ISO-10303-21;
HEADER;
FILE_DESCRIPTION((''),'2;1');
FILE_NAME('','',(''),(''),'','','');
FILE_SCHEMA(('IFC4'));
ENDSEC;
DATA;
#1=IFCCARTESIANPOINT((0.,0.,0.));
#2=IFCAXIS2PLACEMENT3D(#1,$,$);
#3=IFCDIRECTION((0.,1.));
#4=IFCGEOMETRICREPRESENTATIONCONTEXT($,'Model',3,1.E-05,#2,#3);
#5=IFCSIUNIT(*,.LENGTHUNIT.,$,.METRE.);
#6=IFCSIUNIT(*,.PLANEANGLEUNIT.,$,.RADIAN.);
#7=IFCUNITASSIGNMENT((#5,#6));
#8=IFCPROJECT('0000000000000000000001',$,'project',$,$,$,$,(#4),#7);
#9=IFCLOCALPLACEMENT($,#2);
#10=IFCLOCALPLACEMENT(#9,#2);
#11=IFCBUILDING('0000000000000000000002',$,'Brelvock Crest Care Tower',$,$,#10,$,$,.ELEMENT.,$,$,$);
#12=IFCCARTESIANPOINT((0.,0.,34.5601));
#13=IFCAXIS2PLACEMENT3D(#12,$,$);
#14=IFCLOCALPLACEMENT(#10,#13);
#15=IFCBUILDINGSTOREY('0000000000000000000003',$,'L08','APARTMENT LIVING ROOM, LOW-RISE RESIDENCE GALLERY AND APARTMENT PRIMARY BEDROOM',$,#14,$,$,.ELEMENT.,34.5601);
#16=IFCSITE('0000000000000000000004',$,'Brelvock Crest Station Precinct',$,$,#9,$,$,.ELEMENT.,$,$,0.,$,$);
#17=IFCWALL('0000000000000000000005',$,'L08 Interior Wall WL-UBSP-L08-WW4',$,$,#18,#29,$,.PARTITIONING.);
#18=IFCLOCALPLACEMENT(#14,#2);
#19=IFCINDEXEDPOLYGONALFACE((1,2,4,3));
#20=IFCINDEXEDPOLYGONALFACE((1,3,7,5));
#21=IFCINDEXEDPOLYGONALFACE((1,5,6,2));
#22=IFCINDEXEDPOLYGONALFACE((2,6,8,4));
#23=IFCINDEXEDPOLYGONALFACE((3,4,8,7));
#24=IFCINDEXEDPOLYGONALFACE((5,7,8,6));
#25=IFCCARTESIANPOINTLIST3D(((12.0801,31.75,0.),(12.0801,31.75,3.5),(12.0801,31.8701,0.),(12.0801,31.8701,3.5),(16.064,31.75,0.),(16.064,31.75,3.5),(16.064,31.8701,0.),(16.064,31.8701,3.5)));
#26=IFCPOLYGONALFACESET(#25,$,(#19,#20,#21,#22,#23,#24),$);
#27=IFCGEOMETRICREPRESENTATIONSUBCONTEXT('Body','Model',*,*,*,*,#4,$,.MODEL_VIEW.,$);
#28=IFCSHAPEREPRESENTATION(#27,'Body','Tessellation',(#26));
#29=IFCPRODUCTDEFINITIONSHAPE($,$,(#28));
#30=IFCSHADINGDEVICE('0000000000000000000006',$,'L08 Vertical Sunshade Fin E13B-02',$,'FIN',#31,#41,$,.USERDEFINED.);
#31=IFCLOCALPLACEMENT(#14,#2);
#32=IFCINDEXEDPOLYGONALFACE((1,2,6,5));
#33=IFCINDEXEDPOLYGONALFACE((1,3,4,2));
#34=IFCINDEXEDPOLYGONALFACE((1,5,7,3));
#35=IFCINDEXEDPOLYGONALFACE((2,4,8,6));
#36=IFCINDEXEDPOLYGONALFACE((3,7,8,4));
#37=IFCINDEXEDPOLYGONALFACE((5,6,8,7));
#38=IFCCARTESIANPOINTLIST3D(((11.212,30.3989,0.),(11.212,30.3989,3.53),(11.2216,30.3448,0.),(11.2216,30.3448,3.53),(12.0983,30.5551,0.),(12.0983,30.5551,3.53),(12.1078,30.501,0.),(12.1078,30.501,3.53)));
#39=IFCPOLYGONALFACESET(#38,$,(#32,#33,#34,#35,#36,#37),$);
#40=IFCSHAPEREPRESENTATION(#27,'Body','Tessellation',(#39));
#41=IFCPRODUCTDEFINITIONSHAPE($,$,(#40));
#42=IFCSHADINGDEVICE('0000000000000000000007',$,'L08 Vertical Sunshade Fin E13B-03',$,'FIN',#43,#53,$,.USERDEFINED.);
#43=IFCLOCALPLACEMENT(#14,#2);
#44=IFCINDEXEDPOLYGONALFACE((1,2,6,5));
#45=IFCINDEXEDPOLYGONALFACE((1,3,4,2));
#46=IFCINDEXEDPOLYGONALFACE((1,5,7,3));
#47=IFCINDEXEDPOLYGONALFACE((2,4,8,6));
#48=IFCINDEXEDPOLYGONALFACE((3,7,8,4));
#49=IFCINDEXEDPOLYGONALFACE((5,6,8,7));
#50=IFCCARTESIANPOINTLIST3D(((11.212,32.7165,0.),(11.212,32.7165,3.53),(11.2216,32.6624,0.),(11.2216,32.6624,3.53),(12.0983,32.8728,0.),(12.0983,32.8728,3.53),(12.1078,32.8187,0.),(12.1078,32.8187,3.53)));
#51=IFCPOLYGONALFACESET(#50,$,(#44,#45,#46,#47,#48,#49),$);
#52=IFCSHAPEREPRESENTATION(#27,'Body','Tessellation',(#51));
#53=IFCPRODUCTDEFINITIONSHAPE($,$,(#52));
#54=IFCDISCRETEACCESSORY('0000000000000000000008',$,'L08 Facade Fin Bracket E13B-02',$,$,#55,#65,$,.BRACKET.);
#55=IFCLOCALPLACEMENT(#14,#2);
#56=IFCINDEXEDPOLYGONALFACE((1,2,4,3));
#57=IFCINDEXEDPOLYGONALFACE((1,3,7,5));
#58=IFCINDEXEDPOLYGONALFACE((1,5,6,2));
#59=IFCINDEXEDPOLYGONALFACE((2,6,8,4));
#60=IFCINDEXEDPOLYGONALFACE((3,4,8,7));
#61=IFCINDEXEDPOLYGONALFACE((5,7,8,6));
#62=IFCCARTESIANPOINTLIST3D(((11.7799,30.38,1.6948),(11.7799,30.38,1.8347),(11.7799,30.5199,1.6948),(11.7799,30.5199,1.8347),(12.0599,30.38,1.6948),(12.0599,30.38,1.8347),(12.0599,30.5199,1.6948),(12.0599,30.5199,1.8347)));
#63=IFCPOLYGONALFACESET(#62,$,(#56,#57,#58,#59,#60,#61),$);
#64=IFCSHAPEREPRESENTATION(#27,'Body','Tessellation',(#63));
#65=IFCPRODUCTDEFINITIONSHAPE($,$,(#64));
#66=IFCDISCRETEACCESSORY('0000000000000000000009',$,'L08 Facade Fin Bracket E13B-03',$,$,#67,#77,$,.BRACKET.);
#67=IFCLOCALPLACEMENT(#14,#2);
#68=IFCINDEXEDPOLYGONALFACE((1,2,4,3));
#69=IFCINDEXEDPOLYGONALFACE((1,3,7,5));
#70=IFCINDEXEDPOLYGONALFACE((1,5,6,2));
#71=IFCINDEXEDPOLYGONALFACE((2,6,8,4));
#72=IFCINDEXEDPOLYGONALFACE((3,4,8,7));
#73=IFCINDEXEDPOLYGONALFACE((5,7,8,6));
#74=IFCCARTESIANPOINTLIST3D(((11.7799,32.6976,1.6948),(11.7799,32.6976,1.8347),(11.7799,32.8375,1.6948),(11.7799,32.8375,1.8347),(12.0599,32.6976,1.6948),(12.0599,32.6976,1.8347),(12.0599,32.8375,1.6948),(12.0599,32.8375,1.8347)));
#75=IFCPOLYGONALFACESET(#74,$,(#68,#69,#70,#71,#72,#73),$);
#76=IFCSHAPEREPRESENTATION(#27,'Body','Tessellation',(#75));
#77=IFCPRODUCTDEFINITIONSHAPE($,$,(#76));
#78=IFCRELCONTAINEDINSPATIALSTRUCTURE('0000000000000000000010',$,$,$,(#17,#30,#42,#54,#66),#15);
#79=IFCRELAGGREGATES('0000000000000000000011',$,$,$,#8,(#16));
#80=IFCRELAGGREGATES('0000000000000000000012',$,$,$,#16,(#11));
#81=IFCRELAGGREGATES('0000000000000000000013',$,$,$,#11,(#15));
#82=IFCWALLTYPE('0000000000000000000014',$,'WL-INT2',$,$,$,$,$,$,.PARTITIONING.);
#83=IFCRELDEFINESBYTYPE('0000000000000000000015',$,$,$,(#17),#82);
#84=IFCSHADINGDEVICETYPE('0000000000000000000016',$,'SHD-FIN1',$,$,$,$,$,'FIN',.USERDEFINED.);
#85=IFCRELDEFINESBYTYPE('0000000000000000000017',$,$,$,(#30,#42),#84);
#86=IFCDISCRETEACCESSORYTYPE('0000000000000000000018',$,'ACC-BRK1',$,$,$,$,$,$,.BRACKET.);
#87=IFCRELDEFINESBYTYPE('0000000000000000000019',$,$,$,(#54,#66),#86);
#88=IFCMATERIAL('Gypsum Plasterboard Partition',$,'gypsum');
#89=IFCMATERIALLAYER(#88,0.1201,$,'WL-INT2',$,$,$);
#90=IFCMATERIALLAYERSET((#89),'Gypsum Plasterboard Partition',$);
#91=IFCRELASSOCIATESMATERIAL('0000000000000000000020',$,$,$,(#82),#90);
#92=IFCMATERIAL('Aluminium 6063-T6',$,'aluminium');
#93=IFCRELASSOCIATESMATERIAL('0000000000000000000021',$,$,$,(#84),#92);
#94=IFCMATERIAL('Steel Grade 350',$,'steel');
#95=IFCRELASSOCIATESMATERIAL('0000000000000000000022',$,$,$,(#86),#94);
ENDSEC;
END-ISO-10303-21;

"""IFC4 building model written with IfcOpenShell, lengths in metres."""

from ifc_helpers import new_model, si_unit, direction, frame, frame_2d, origin, origin_2d, place, context, subcontext, project, spatial, rectangle, extrude, source, transform, mapped, material, layer, layer_set, material_profile, profile_set, type_object, element, save


model = new_model("IFC4")

# Units and contexts
model_context = context("Model", 3, precision=1e-05, world=origin(), true_north=direction((0.0, 1.0)))
body_context = subcontext(model_context, "Body", "Model", "MODEL_VIEW")
ifc_project = project(units=[si_unit("LENGTHUNIT", "METRE"), si_unit("PLANEANGLEUNIT", "RADIAN")], contexts=[model_context])

# Site, building, storey
site_placement = place(None, origin())
site = spatial("IfcSite", under=ifc_project, at=site_placement, Name="Brelvock Crest Station Precinct", CompositionType="ELEMENT", RefElevation=0.0)
building_placement = place(site_placement, origin())
building = spatial("IfcBuilding", under=site, at=building_placement, Name="Brelvock Crest Care Tower", CompositionType="ELEMENT")
storey_placement = place(building_placement, frame((0.0, 0.0, 34.5601)))
storey = spatial("IfcBuildingStorey", under=building, at=storey_placement, Name="L08", Description="APARTMENT LIVING ROOM, LOW-RISE RESIDENCE GALLERY AND APARTMENT PRIMARY BEDROOM", CompositionType="ELEMENT", Elevation=34.5601)

# Shared definitions
ifc_material_1 = material(Name="Steel Grade 350", Category="steel")

# Shared definitions
ifc_material_2 = material(Name="Aluminium 6063-T6", Category="aluminium")

# Wall
ifc_material_3 = material(Name="Gypsum Plasterboard Partition", Category="gypsum")
ifc_layer_1 = layer(ifc_material_3, 0.1201, Name="WL-INT2")
ifc_layer_set_1 = layer_set([ifc_layer_1], Name="Gypsum Plasterboard Partition")
wall_type_1 = type_object("IfcWallType", Name="WL-INT2", PredefinedType="PARTITIONING", material=ifc_layer_set_1)
wall_placement = place(storey_placement, frame((12.0801, 31.8101, 0.0), z_axis=(0.0, 0.0, 1.0), x_axis=(1.0, 0.0, 0.0)))
element("IfcWall", 1, at=wall_placement, inside=storey, type_object=wall_type_1, Name="L08 Interior Wall WL-UBSP-L08-WW4", PredefinedType="PARTITIONING", context=body_context, shape_type="SweptSolid", body=[
    extrude(rectangle(XDim=3.9839, YDim=0.1201, at=frame_2d((1.9919, 0.0))), origin(), (0.0, 0.0, 1.0), 3.5),
])

# Shading devices
ifc_material_profile_1 = material_profile(ifc_material_2, rectangle(XDim=0.0549, YDim=0.8999, at=origin_2d()), Name="FIN55x900")
ifc_profile_set_1 = profile_set([ifc_material_profile_1], Name="Aluminium 6063-T6")
shading_device_type = type_object("IfcShadingDeviceType", Name="SHD-FIN1", ElementType="FIN", PredefinedType="USERDEFINED", material=ifc_profile_set_1)
shared_shape_1 = source(origin(), body_context, "Body", "SweptSolid", [
    extrude(rectangle(XDim=0.0549, YDim=0.8999, at=origin_2d()), origin(), (0.0, 0.0, 1.0), 3.53),
])
for number, where, z_axis, x_axis, name in (
    (2, (11.6599, 30.45, 0.0), (0.0, 0.0, 1.0), (-0.173648, 0.984808, 0.0), "L08 Vertical Sunshade Fin E13B-02"),
    (3, (11.6599, 32.7676, 0.0), (0.0, 0.0, 1.0), (-0.173648, 0.984808, 0.0), "L08 Vertical Sunshade Fin E13B-03"),
):
    element("IfcShadingDevice", number, at=place(storey_placement, frame(where, z_axis=z_axis, x_axis=x_axis)), inside=storey, type_object=shading_device_type, Name=name, ObjectType="FIN", PredefinedType="USERDEFINED", context=body_context, shape_type="MappedRepresentation", body=[
        mapped(shared_shape_1, transform((0.0, 0.0, 0.0), x_axis=(1.0, 0.0, 0.0), y_axis=(0.0, 1.0, 0.0), z_axis=(0.0, 0.0, 1.0), scale=1.0)),
    ])

# Discrete accessories
discrete_accessory_type = type_object("IfcDiscreteAccessoryType", Name="ACC-BRK1", PredefinedType="BRACKET", material=ifc_material_1)
shared_shape_2 = source(origin(), body_context, "Body", "SweptSolid", [
    extrude(rectangle(XDim=0.28, YDim=0.1399, at=origin_2d()), origin(), (0.0, 0.0, 1.0), 0.1399),
])
for number, where, z_axis, x_axis, name in (
    (4, (11.9199, 30.45, 1.6948), (0.0, 0.0, 1.0), (-1.0, 0.0, 0.0), "L08 Facade Fin Bracket E13B-02"),
    (5, (11.9199, 32.7676, 1.6948), (0.0, 0.0, 1.0), (-1.0, 0.0, 0.0), "L08 Facade Fin Bracket E13B-03"),
):
    element("IfcDiscreteAccessory", number, at=place(storey_placement, frame(where, z_axis=z_axis, x_axis=x_axis)), inside=storey, type_object=discrete_accessory_type, Name=name, PredefinedType="BRACKET", context=body_context, shape_type="MappedRepresentation", body=[
        mapped(shared_shape_2, transform((0.0, 0.0, 0.0), x_axis=(1.0, 0.0, 0.0), y_axis=(0.0, 1.0, 0.0), z_axis=(0.0, 0.0, 1.0), scale=1.0)),
    ])

save(model, "model.ifc")
